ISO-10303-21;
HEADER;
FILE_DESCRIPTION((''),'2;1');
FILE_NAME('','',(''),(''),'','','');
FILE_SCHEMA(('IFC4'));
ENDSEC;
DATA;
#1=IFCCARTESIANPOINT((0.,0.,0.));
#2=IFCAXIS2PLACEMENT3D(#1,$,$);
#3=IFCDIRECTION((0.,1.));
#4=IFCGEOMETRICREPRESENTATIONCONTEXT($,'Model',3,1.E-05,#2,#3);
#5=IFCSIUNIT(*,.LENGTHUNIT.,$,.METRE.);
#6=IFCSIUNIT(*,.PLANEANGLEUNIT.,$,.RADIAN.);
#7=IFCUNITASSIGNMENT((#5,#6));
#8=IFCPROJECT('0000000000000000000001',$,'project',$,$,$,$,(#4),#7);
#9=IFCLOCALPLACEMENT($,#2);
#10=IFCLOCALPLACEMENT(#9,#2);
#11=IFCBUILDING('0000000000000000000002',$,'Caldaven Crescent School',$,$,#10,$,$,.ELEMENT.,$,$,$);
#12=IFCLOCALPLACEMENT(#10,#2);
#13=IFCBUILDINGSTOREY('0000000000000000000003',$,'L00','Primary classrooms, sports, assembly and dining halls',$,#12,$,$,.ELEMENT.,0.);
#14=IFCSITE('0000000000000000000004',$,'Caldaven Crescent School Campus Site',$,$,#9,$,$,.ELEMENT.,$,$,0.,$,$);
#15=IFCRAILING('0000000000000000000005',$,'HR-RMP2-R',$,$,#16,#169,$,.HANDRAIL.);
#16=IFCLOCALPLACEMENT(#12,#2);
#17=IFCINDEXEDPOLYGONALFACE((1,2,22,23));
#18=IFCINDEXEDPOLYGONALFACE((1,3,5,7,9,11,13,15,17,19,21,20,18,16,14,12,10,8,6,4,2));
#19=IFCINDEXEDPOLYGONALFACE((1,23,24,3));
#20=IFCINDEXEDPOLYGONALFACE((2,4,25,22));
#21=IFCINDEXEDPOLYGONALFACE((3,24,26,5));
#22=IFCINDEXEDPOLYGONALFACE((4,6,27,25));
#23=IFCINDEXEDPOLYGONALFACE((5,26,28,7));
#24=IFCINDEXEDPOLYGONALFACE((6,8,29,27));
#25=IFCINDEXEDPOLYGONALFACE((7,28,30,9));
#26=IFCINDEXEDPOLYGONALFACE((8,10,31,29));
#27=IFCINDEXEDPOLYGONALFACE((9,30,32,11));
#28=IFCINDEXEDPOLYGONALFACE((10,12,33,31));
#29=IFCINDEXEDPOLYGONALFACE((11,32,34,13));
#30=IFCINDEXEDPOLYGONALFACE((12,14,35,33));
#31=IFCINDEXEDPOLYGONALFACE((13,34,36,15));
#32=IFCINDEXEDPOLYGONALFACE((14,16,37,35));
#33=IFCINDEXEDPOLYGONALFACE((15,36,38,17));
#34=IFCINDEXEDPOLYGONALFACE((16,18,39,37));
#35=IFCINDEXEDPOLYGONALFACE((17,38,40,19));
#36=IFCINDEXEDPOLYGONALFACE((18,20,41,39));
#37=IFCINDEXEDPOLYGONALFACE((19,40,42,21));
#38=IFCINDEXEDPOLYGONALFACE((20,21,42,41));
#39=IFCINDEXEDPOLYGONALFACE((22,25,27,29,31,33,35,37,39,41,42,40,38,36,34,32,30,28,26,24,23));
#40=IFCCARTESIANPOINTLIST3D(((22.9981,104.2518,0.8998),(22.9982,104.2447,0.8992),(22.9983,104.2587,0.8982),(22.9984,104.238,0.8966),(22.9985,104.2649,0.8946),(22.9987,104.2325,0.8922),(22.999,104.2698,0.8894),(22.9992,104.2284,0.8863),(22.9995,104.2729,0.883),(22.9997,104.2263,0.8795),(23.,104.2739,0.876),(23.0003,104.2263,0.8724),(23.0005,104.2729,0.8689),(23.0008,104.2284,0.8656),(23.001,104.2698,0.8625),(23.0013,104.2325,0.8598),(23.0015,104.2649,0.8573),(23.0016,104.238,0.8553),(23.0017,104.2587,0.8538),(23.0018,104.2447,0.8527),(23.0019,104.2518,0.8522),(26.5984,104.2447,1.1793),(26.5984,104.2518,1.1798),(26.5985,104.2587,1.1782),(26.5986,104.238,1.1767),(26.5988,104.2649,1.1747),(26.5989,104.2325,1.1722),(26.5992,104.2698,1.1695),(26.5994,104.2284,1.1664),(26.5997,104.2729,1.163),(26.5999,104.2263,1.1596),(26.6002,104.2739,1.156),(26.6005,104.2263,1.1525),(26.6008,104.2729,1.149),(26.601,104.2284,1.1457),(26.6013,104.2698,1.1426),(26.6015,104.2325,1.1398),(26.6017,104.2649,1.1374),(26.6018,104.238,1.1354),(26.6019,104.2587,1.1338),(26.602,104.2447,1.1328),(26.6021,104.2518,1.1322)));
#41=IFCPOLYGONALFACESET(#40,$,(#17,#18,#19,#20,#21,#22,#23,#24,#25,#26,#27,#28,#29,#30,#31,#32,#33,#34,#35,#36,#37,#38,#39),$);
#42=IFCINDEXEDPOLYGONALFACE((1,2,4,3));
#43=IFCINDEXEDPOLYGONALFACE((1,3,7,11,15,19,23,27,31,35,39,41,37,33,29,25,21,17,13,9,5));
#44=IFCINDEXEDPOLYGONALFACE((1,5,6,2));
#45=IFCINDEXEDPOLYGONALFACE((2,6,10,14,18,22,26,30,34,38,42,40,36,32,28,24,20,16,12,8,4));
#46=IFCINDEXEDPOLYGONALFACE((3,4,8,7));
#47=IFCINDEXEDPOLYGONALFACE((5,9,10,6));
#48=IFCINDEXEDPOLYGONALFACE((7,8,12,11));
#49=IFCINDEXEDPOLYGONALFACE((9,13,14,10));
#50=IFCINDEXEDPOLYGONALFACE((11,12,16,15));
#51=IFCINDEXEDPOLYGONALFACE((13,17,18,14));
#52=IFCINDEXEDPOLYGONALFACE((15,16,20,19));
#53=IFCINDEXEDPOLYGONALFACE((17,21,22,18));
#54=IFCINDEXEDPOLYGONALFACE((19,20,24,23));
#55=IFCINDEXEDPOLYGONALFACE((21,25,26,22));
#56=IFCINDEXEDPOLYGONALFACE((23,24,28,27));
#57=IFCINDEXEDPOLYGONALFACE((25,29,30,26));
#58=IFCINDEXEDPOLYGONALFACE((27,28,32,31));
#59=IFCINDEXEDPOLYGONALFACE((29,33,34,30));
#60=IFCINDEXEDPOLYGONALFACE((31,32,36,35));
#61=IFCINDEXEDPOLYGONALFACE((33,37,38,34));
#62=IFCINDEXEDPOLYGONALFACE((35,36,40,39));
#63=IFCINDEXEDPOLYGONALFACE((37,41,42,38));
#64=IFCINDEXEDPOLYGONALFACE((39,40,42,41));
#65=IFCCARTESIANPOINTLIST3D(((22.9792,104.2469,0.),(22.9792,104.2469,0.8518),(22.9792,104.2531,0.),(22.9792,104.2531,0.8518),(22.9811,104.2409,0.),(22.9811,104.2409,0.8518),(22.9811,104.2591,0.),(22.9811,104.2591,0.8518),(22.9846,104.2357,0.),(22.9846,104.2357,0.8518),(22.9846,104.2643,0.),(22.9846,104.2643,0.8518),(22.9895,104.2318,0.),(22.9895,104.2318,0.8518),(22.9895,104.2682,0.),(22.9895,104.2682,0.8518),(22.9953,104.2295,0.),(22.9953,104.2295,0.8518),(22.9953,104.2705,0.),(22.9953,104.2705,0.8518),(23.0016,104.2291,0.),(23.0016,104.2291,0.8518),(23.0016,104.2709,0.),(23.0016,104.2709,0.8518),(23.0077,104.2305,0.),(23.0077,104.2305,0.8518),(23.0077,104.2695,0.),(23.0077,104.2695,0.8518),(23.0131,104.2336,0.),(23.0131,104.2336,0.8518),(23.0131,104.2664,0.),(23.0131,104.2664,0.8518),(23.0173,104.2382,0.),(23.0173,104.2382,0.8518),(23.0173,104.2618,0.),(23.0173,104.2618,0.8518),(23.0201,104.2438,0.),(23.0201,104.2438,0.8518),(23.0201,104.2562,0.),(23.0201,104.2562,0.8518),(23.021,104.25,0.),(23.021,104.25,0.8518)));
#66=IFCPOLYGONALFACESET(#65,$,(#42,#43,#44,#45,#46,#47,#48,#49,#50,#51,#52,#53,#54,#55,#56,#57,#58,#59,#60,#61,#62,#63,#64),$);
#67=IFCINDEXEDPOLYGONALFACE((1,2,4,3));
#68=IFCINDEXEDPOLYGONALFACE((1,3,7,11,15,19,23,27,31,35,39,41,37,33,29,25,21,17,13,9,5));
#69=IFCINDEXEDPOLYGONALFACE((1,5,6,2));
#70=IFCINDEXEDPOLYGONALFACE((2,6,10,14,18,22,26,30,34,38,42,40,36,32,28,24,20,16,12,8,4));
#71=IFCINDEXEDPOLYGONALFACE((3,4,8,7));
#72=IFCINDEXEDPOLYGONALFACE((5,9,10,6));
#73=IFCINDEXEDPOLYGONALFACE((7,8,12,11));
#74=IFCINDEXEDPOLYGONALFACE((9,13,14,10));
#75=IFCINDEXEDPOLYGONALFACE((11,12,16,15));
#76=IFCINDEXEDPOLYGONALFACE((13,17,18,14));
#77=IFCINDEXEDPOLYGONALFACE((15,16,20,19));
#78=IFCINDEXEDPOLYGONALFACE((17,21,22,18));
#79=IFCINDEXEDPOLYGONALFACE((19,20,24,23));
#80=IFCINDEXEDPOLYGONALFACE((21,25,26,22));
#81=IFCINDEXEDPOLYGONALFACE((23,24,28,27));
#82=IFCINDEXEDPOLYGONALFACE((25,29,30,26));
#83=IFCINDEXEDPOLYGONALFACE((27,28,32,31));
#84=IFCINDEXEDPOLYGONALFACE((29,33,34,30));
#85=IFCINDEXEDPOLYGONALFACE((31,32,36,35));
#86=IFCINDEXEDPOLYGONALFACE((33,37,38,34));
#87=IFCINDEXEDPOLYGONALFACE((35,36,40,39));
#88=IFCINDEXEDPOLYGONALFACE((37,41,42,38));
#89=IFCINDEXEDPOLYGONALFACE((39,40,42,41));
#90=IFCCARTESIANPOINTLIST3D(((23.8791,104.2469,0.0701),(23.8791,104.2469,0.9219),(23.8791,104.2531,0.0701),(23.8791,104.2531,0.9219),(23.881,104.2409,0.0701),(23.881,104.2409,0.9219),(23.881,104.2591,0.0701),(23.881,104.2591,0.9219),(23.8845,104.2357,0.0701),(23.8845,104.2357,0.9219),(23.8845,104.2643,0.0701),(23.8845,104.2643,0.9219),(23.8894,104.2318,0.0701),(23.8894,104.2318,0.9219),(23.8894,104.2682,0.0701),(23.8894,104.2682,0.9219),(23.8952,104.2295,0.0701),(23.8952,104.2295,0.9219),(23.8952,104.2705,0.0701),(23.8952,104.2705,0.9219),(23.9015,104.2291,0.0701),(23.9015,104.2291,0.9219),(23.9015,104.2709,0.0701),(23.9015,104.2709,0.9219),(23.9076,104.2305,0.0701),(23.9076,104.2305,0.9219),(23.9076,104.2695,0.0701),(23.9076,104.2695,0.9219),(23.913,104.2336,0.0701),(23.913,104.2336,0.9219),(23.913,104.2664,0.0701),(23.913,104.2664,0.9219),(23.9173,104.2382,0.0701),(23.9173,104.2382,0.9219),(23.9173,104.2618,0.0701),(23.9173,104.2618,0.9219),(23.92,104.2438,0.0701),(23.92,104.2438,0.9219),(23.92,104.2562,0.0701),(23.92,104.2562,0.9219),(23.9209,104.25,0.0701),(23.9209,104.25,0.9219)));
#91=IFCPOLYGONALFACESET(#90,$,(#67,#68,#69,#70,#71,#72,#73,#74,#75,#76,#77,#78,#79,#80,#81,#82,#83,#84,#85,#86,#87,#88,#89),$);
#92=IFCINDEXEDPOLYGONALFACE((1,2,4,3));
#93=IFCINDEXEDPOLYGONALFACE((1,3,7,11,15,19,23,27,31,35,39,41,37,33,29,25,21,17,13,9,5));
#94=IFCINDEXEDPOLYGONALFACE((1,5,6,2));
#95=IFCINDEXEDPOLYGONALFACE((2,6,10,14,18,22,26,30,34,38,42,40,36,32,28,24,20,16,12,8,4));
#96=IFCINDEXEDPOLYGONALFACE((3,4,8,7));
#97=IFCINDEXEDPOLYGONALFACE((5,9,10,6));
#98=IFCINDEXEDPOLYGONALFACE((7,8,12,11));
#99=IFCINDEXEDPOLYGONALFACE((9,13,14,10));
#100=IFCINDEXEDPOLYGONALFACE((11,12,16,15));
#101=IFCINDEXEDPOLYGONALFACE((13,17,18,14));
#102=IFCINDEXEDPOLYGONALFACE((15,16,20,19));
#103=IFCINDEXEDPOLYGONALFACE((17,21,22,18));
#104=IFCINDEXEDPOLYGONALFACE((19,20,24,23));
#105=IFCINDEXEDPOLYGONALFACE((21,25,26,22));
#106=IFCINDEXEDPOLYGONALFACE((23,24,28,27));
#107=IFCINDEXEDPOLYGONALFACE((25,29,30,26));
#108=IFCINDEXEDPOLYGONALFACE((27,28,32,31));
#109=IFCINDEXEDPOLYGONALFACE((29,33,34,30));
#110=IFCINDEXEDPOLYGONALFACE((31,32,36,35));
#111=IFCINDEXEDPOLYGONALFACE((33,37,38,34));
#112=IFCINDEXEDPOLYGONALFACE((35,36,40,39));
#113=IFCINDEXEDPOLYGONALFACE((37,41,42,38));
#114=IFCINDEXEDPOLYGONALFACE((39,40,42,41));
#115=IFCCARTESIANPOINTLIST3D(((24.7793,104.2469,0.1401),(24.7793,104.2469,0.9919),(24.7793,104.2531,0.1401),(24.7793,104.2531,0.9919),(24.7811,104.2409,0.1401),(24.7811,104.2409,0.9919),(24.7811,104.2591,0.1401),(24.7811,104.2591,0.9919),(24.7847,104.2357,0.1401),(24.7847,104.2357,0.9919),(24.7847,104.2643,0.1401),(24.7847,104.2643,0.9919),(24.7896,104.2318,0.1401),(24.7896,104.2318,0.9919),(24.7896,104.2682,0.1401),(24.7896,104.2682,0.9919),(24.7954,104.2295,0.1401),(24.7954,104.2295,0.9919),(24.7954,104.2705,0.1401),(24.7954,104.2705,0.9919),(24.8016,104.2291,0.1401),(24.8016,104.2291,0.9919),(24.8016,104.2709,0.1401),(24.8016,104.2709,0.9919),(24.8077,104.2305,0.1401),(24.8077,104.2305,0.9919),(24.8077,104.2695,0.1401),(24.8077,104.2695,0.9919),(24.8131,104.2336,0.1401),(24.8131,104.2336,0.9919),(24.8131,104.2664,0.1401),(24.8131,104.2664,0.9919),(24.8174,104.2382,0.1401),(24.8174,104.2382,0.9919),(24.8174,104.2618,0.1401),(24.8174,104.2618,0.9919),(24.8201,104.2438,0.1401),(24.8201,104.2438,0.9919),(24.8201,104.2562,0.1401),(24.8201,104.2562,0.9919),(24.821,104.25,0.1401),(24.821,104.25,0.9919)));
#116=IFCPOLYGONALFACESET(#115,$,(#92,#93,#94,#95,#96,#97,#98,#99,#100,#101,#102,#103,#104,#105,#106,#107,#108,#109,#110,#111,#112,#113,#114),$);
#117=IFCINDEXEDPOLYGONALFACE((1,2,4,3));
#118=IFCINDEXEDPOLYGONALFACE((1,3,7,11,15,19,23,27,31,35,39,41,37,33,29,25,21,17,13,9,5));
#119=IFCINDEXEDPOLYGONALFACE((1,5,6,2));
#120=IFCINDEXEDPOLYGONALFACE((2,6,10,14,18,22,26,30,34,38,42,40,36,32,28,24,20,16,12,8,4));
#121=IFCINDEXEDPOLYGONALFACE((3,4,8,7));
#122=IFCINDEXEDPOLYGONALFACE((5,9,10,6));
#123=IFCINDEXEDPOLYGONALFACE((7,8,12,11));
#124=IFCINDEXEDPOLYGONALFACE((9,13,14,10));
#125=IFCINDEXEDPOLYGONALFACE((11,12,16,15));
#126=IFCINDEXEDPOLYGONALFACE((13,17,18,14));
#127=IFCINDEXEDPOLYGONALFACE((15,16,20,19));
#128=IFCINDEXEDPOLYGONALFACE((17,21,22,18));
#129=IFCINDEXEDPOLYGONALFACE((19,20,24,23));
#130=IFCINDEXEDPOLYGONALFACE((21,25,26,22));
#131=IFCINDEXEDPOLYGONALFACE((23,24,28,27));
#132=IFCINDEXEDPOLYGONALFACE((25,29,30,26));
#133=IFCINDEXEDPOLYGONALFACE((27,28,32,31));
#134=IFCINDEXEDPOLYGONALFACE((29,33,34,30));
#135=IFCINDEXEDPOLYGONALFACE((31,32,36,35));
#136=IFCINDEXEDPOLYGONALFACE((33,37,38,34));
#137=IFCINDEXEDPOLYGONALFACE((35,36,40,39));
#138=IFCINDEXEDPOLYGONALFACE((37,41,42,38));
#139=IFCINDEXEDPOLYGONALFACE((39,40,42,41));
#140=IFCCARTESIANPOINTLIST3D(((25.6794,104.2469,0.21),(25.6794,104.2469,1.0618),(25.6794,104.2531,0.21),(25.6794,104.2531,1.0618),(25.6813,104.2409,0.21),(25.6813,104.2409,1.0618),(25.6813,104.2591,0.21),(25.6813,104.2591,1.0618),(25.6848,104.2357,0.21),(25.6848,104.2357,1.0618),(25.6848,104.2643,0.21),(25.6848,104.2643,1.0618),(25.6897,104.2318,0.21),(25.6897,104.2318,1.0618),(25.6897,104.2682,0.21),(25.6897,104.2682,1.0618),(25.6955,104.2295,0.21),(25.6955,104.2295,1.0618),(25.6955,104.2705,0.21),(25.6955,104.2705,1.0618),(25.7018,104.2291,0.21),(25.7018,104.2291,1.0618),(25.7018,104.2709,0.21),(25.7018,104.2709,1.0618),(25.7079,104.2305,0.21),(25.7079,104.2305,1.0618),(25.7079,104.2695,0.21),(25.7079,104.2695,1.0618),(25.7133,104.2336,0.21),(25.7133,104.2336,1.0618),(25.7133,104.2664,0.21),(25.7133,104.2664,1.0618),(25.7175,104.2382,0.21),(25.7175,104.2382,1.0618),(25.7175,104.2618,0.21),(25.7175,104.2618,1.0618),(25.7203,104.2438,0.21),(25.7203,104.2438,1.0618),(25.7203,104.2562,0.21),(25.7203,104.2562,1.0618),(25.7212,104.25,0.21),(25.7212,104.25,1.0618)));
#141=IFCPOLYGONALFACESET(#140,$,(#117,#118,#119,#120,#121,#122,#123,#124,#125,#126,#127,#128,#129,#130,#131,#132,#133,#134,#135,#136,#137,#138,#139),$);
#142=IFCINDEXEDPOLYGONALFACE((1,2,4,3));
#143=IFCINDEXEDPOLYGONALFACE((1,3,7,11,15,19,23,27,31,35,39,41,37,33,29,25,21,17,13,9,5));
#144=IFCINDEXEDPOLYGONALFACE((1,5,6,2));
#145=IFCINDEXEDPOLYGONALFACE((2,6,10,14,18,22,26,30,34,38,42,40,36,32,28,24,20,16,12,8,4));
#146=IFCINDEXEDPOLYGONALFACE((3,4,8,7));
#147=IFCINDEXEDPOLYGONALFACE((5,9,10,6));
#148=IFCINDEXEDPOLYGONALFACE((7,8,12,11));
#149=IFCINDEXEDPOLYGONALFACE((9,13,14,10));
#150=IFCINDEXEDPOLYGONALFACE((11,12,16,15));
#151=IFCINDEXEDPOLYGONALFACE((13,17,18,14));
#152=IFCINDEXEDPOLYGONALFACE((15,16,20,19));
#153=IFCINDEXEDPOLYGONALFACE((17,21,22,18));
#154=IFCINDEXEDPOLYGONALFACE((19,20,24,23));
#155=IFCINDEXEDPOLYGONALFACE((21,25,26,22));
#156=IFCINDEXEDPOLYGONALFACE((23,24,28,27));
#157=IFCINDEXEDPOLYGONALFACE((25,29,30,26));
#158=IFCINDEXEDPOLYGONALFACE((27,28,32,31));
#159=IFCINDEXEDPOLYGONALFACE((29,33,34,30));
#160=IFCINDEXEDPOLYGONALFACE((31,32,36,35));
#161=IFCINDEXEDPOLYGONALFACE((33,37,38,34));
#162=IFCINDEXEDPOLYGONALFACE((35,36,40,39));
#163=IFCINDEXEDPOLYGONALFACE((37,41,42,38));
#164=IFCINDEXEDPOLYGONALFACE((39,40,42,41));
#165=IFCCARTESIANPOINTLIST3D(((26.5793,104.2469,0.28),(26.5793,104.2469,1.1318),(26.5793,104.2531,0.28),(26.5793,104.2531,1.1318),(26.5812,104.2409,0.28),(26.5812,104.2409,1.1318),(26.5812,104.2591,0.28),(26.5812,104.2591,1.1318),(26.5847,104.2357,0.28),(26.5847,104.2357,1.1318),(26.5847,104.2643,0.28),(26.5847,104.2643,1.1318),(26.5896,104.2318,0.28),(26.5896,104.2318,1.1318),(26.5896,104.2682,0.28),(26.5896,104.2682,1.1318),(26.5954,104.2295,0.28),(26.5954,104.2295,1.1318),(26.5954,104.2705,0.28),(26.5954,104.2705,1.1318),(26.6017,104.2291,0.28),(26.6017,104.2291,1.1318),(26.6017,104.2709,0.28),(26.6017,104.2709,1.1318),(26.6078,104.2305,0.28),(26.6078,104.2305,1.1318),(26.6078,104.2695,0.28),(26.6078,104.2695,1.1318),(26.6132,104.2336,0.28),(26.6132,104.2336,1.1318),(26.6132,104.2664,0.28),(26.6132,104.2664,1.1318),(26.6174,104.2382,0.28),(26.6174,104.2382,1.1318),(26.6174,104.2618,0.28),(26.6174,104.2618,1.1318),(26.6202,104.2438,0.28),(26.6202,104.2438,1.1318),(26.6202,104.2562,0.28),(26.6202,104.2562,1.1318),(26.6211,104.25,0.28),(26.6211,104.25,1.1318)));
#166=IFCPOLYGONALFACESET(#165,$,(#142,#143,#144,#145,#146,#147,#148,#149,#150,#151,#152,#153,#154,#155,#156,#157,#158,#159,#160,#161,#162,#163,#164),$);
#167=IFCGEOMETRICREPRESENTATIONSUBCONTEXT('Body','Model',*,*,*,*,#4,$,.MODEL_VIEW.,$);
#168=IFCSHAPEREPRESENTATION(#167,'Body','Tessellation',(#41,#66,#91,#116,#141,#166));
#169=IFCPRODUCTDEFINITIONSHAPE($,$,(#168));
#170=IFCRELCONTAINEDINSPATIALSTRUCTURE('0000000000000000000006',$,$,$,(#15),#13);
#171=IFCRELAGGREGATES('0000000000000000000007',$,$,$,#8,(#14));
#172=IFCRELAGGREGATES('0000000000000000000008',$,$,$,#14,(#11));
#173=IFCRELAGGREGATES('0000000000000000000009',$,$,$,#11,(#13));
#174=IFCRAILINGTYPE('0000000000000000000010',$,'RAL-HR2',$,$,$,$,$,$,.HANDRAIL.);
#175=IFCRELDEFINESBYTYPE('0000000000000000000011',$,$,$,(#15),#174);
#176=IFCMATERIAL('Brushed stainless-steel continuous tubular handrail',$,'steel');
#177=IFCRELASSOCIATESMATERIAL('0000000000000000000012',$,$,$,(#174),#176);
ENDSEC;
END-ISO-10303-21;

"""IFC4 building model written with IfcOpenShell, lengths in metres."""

from ifc_helpers import new_model, si_unit, direction, frame, origin, origin_2d, place, context, subcontext, project, spatial, circle, extrude, material, type_object, element, save


model = new_model("IFC4")

# Units and contexts
model_context = context("Model", 3, precision=1e-05, world=origin(), true_north=direction((0.0, 1.0)))
body_context = subcontext(model_context, "Body", "Model", "MODEL_VIEW")
ifc_project = project(units=[si_unit("LENGTHUNIT", "METRE"), si_unit("PLANEANGLEUNIT", "RADIAN")], contexts=[model_context])

# Site, building, storey
site_placement = place(None, origin())
site = spatial("IfcSite", under=ifc_project, at=site_placement, Name="Caldaven Crescent School Campus Site", CompositionType="ELEMENT", RefElevation=0.0)
building_placement = place(site_placement, origin())
building = spatial("IfcBuilding", under=site, at=building_placement, Name="Caldaven Crescent School", CompositionType="ELEMENT")
storey_placement = place(building_placement, origin())
storey = spatial("IfcBuildingStorey", under=building, at=storey_placement, Name="L00", Description="Primary classrooms, sports, assembly and dining halls", CompositionType="ELEMENT", Elevation=0.0)

# Railing
ifc_material_1 = material(Name="Brushed stainless-steel continuous tubular handrail", Category="steel")
railing_type = type_object("IfcRailingType", Name="RAL-HR2", PredefinedType="HANDRAIL", material=ifc_material_1)
railing_placement = place(storey_placement, frame((23.0, 104.25, 0.0)))
element("IfcRailing", 1, at=railing_placement, inside=storey, type_object=railing_type, Name="HR-RMP2-R", PredefinedType="HANDRAIL", context=body_context, shape_type="SweptSolid", body=[
    extrude(circle(Radius=0.0239, at=origin_2d()), frame((0.0, 0.0, 0.876), z_axis=(0.996988, 0.0, 0.07755), x_axis=(0.0, 1.0, 0.0)), (0.0, 0.0, 1.0), 3.6111),
    extrude(circle(Radius=0.021, at=origin_2d()), origin(), (0.0, 0.0, 1.0), 0.8518),
    extrude(circle(Radius=0.021, at=origin_2d()), frame((0.8999, 0.0, 0.0701)), (0.0, 0.0, 1.0), 0.8518),
    extrude(circle(Radius=0.021, at=origin_2d()), frame((1.8, 0.0, 0.1401)), (0.0, 0.0, 1.0), 0.8518),
    extrude(circle(Radius=0.021, at=origin_2d()), frame((2.7002, 0.0, 0.21)), (0.0, 0.0, 1.0), 0.8518),
    extrude(circle(Radius=0.021, at=origin_2d()), frame((3.6001, 0.0, 0.28)), (0.0, 0.0, 1.0), 0.8518),
])

save(model, "model.ifc")
